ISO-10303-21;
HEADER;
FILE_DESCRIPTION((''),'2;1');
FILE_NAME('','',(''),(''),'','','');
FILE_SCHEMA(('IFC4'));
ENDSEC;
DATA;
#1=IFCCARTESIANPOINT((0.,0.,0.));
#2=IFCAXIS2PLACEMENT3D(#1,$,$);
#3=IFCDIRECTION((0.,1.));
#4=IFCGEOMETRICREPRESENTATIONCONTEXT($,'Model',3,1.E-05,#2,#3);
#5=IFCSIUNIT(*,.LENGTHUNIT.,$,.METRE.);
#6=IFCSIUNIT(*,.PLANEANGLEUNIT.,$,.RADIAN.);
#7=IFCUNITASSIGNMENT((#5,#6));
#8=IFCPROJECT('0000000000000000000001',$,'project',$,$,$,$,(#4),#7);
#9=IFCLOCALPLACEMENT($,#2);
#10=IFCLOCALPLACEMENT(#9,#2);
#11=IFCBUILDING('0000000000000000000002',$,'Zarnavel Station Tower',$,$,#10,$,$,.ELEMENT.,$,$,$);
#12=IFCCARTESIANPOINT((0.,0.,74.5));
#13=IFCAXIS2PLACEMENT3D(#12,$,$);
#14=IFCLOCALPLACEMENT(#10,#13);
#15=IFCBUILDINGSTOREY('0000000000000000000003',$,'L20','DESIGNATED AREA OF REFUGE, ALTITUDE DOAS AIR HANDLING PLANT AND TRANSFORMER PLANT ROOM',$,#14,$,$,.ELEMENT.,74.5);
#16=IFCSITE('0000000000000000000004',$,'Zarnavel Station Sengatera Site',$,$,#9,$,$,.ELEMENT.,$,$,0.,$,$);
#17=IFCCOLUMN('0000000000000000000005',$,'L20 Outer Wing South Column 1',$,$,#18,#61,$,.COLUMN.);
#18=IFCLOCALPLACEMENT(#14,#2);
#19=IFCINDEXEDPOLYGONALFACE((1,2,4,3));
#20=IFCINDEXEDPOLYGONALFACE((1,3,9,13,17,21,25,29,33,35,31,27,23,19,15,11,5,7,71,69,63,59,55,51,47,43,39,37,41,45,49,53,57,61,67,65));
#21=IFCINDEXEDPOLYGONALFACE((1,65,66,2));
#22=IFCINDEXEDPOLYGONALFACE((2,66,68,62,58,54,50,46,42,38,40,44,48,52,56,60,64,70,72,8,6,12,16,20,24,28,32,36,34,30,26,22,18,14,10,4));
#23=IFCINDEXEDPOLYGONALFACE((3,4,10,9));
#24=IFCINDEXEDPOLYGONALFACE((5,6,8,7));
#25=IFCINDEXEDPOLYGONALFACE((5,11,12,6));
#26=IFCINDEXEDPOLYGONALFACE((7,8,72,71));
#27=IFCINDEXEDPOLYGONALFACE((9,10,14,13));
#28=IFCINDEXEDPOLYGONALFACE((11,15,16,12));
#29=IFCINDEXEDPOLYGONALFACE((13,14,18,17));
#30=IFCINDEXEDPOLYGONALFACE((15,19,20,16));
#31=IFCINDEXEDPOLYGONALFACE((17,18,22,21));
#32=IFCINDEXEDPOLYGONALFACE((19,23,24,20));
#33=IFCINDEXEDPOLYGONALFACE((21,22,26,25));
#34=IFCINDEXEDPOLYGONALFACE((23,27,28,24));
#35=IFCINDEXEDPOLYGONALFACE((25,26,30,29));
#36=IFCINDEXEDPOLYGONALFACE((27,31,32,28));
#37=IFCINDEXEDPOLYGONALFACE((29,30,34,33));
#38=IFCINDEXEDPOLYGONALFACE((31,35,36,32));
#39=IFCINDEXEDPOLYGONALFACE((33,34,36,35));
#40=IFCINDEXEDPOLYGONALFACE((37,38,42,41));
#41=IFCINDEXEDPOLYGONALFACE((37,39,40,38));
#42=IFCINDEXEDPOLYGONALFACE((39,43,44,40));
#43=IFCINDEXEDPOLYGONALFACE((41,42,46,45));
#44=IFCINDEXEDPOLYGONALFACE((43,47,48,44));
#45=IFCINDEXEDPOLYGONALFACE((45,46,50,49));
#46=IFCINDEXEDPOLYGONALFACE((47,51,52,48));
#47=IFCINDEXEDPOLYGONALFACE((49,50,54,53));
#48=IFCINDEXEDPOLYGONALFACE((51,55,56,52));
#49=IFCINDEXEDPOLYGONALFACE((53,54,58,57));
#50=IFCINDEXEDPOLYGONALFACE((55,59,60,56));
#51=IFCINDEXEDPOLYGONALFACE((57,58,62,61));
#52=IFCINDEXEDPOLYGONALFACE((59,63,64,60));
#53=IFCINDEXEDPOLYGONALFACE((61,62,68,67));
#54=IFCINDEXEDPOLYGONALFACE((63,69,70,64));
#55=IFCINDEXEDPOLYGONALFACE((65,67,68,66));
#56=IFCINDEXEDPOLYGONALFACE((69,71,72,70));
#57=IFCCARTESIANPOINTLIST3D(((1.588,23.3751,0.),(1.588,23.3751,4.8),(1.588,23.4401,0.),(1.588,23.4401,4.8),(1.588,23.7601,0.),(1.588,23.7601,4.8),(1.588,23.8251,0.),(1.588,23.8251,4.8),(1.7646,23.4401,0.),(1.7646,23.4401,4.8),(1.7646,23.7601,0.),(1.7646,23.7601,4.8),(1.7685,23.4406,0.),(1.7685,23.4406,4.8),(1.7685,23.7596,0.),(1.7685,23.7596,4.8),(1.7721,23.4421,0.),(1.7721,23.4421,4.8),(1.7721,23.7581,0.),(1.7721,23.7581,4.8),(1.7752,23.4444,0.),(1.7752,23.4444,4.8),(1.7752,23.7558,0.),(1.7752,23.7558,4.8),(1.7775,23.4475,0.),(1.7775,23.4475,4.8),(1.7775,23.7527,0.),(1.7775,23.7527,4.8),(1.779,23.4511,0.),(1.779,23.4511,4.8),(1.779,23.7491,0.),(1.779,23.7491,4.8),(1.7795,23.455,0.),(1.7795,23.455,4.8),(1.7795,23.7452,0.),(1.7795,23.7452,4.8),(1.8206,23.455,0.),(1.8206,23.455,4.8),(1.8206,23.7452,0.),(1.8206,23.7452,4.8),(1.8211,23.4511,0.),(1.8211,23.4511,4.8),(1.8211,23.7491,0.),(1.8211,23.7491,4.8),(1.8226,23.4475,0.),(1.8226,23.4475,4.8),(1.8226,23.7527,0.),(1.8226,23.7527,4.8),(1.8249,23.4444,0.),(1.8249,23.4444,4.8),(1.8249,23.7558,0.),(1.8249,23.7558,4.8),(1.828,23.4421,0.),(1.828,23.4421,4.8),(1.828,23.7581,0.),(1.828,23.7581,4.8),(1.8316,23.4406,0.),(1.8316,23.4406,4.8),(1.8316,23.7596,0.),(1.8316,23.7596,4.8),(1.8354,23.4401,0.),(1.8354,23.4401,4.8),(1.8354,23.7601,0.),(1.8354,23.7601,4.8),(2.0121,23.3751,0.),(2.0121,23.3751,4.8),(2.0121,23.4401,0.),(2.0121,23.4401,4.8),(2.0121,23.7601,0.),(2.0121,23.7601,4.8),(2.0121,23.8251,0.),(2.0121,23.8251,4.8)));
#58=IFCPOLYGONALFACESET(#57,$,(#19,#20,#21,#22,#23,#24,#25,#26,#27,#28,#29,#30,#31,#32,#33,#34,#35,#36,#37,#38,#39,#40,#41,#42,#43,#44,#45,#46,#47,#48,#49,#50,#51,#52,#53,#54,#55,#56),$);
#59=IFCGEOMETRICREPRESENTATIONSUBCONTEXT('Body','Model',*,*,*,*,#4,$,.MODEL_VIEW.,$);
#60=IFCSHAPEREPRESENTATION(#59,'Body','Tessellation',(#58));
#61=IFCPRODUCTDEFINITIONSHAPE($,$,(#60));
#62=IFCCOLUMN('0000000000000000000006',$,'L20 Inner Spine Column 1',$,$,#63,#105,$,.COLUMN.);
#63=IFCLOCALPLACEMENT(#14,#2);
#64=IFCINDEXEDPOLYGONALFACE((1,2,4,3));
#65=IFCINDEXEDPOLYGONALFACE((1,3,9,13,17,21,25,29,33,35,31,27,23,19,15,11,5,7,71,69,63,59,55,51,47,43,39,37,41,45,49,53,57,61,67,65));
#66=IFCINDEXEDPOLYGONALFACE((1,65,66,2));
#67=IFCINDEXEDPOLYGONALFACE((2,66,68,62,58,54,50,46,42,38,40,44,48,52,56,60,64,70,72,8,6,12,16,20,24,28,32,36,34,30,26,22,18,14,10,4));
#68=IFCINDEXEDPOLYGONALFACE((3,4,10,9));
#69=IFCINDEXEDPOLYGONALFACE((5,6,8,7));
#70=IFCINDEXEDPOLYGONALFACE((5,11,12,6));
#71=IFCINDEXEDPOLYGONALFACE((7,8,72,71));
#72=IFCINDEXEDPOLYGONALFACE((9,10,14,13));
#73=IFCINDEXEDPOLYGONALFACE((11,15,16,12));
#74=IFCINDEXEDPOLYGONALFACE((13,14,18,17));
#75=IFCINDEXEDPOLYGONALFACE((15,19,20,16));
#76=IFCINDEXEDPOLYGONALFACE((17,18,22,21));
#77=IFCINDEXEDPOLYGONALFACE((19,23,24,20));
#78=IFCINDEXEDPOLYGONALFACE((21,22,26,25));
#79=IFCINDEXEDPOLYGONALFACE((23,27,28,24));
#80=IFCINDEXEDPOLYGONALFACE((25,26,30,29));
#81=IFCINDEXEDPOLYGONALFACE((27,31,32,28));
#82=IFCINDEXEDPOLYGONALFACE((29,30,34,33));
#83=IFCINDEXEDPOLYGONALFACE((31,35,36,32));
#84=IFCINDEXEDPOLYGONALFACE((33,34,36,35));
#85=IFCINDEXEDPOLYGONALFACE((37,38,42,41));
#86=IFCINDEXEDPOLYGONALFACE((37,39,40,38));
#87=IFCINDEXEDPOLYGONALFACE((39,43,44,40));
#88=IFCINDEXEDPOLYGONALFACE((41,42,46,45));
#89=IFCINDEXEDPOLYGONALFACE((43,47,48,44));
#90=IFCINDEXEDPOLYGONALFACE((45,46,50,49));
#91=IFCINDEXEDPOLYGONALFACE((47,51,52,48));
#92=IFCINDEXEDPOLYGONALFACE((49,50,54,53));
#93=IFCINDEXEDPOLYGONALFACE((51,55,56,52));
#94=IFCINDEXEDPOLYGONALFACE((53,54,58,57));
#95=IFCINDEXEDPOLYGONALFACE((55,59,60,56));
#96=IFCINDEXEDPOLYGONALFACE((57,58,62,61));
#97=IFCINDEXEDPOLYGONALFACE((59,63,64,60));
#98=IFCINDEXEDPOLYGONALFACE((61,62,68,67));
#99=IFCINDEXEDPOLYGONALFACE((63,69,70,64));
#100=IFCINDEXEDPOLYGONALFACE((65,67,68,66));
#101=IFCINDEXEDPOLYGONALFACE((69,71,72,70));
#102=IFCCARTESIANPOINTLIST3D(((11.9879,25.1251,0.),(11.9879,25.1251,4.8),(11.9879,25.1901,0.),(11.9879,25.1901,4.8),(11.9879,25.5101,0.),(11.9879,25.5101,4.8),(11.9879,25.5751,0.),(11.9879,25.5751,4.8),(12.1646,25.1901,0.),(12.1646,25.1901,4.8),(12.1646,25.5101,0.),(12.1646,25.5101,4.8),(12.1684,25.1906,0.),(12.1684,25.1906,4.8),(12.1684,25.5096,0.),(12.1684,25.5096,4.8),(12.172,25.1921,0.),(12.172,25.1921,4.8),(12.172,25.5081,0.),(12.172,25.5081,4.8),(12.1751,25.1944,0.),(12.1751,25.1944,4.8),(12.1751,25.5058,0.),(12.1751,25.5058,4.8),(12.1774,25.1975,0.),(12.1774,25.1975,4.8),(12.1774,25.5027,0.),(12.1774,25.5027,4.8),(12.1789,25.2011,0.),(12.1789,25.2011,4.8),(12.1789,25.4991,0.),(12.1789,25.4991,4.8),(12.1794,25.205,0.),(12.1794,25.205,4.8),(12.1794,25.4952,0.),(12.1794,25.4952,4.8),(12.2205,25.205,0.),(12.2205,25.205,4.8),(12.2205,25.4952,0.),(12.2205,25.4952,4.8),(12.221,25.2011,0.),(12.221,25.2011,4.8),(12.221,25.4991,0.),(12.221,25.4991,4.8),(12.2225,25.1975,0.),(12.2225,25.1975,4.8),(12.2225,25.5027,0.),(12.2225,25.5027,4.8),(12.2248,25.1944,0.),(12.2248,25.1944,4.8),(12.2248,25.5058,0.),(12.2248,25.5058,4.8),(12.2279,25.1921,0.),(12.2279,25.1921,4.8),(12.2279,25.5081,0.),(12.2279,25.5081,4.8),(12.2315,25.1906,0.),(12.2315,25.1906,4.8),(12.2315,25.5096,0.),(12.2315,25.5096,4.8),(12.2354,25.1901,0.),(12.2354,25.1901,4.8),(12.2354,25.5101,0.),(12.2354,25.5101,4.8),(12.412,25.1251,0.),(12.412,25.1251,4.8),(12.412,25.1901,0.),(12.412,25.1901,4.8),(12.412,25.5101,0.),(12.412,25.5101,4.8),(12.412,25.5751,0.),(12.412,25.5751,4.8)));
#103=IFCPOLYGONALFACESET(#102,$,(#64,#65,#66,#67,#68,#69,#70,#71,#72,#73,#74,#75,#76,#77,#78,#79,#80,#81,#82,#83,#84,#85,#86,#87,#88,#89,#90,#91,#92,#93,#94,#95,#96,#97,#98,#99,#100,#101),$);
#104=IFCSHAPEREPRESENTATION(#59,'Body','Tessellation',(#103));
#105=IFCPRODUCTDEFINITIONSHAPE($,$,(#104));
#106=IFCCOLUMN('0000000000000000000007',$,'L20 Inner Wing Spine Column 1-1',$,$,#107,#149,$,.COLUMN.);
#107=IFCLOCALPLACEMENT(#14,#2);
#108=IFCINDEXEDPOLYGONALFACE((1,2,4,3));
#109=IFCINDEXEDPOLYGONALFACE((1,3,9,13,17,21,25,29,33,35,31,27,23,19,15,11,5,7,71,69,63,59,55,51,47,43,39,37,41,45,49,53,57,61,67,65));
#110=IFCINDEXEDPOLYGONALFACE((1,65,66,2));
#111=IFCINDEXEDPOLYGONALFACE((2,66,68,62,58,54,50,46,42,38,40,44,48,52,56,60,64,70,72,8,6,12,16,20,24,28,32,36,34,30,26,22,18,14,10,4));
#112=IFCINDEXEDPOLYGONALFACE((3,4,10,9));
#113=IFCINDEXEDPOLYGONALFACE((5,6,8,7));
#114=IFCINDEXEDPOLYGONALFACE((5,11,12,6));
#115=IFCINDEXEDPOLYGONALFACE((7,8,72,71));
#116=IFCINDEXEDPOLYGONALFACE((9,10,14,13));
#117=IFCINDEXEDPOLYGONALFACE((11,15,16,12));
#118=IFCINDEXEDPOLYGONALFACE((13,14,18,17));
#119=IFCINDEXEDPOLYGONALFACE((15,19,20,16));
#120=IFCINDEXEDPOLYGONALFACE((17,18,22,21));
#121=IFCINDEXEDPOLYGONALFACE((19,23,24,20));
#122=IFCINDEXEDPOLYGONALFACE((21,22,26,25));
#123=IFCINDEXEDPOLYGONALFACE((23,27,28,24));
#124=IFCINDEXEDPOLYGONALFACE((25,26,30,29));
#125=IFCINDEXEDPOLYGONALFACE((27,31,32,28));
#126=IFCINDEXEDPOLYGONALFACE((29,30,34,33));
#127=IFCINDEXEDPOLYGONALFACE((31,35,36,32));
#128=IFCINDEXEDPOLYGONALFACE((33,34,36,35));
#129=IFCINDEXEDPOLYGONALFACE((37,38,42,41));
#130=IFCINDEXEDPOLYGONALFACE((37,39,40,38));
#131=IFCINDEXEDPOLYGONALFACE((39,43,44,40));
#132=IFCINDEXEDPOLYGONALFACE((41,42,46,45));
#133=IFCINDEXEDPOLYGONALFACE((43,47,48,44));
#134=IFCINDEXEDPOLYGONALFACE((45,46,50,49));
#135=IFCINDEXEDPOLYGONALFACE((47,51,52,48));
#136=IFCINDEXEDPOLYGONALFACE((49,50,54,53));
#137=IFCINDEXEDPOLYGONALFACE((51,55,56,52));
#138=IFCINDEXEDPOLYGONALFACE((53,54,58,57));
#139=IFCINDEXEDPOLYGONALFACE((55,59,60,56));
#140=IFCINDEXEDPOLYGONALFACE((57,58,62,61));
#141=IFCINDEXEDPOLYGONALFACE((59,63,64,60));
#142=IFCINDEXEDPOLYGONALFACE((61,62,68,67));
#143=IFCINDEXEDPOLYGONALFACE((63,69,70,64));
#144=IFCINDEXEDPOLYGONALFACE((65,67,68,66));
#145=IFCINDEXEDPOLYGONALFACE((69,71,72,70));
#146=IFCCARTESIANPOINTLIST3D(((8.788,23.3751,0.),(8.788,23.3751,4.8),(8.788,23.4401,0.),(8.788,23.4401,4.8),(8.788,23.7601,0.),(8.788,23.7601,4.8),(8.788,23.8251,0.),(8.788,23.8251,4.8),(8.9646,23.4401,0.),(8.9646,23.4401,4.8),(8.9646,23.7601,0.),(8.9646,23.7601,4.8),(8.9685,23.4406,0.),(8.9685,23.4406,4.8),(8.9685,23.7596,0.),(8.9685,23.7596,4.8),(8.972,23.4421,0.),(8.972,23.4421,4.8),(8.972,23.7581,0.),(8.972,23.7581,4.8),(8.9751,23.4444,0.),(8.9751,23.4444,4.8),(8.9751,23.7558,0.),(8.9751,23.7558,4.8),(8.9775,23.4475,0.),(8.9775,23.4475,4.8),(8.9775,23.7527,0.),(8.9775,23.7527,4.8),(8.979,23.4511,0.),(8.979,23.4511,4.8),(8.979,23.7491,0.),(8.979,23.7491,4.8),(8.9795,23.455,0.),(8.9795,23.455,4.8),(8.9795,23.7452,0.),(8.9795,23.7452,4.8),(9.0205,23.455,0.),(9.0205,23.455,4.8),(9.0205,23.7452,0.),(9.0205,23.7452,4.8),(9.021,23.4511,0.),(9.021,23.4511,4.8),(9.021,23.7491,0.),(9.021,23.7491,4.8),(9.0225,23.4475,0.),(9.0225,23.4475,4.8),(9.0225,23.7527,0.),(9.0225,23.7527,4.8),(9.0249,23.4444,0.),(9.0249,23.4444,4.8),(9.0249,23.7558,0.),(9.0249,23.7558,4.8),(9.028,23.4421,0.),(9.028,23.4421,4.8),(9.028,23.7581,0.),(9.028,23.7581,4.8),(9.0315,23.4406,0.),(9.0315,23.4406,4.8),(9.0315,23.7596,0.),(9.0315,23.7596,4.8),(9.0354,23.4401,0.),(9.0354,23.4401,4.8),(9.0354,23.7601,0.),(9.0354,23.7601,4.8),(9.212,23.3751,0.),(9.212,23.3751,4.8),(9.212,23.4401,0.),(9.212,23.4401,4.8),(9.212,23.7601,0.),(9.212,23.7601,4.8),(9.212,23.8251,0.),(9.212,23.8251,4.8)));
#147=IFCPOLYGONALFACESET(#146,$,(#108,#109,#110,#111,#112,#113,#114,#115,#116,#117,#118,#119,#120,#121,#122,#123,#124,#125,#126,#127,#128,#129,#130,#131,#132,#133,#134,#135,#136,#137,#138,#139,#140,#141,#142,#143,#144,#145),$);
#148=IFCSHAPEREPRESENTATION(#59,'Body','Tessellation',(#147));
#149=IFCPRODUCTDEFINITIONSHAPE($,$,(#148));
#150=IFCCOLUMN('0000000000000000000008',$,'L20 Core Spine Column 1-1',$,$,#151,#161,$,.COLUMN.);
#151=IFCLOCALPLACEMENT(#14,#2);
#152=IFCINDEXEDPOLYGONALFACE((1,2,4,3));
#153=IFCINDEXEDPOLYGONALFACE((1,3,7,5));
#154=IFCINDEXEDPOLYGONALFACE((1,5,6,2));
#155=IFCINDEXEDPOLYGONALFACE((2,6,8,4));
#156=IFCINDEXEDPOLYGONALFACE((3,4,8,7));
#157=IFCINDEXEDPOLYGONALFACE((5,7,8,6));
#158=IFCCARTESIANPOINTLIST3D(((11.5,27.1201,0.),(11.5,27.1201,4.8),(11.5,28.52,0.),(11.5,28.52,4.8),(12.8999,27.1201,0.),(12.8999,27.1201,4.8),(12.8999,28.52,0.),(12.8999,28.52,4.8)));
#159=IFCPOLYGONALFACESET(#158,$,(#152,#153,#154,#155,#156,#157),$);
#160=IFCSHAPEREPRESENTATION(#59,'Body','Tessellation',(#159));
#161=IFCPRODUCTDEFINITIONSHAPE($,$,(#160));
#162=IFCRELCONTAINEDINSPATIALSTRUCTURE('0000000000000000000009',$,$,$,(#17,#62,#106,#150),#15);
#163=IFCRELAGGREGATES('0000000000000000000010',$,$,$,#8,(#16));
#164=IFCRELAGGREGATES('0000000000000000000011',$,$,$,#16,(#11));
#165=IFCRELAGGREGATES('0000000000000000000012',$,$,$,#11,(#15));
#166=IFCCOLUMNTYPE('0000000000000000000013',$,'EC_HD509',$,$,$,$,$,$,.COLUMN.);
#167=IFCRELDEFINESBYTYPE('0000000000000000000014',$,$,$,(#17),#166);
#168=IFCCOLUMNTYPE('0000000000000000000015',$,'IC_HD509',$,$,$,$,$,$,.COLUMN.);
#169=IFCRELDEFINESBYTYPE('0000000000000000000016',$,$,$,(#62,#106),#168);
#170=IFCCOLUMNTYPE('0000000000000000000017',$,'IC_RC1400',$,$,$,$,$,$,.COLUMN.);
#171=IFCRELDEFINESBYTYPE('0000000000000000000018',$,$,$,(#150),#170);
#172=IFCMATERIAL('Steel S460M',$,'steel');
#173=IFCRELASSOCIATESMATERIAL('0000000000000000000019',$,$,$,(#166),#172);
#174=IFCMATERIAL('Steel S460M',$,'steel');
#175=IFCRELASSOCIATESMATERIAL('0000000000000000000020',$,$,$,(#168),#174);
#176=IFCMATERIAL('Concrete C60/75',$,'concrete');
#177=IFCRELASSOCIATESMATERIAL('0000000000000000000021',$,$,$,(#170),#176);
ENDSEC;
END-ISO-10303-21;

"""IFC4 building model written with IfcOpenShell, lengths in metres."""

from ifc_helpers import new_model, si_unit, direction, frame, origin, origin_2d, place, context, subcontext, project, spatial, rectangle, i_section, extrude, material, material_profile, profile_set, type_object, element, save


model = new_model("IFC4")

# Units and contexts
model_context = context("Model", 3, precision=1e-05, world=origin(), true_north=direction((0.0, 1.0)))
body_context = subcontext(model_context, "Body", "Model", "MODEL_VIEW")
ifc_project = project(units=[si_unit("LENGTHUNIT", "METRE"), si_unit("PLANEANGLEUNIT", "RADIAN")], contexts=[model_context])

# Site, building, storey
site_placement = place(None, origin())
site = spatial("IfcSite", under=ifc_project, at=site_placement, Name="Zarnavel Station Sengatera Site", CompositionType="ELEMENT", RefElevation=0.0)
building_placement = place(site_placement, origin())
building = spatial("IfcBuilding", under=site, at=building_placement, Name="Zarnavel Station Tower", CompositionType="ELEMENT")
storey_placement = place(building_placement, frame((0.0, 0.0, 74.5)))
storey = spatial("IfcBuildingStorey", under=building, at=storey_placement, Name="L20", Description="DESIGNATED AREA OF REFUGE, ALTITUDE DOAS AIR HANDLING PLANT AND TRANSFORMER PLANT ROOM", CompositionType="ELEMENT", Elevation=74.5)

# Columns
ifc_material_1 = material(Name="Steel S460M", Category="steel")
ifc_material_profile_1 = material_profile(ifc_material_1, i_section(OverallWidth=0.4241, OverallDepth=0.45, WebThickness=0.041, FlangeThickness=0.0649, FilletRadius=0.0149, at=origin_2d()), Name="HD400x509")
ifc_profile_set_1 = profile_set([ifc_material_profile_1], Name="Steel S460M")
column_type_1 = type_object("IfcColumnType", Name="EC_HD509", PredefinedType="COLUMN", material=ifc_profile_set_1)
column_1_placement = place(storey_placement, frame((1.8, 23.6001, 0.0), z_axis=(0.0, 0.0, 1.0), x_axis=(1.0, 0.0, 0.0)))
element("IfcColumn", 1, at=column_1_placement, inside=storey, type_object=column_type_1, Name="L20 Outer Wing South Column 1", PredefinedType="COLUMN", context=body_context, shape_type="SweptSolid", body=[
    extrude(i_section(OverallWidth=0.4241, OverallDepth=0.45, WebThickness=0.041, FlangeThickness=0.0649, FilletRadius=0.0149, at=origin_2d()), origin(), (0.0, 0.0, 1.0), 4.8),
])
ifc_material_2 = material(Name="Steel S460M", Category="steel")
ifc_material_profile_2 = material_profile(ifc_material_2, i_section(OverallWidth=0.4241, OverallDepth=0.45, WebThickness=0.041, FlangeThickness=0.0649, FilletRadius=0.0149, at=origin_2d()), Name="HD400x509")
ifc_profile_set_2 = profile_set([ifc_material_profile_2], Name="Steel S460M")
column_type_2 = type_object("IfcColumnType", Name="IC_HD509", PredefinedType="COLUMN", material=ifc_profile_set_2)
for number, where, z_axis, x_axis, name in (
    (2, (12.2, 25.3501, 0.0), (0.0, 0.0, 1.0), (1.0, 0.0, 0.0), "L20 Inner Spine Column 1"),
    (3, (9.0, 23.6001, 0.0), (0.0, 0.0, 1.0), (1.0, 0.0, 0.0), "L20 Inner Wing Spine Column 1-1"),
):
    element("IfcColumn", number, at=place(storey_placement, frame(where, z_axis=z_axis, x_axis=x_axis)), inside=storey, type_object=column_type_2, Name=name, PredefinedType="COLUMN", context=body_context, shape_type="SweptSolid", body=[
        extrude(i_section(OverallWidth=0.4241, OverallDepth=0.45, WebThickness=0.041, FlangeThickness=0.0649, FilletRadius=0.0149, at=origin_2d()), origin(), (0.0, 0.0, 1.0), 4.8),
    ])
ifc_material_3 = material(Name="Concrete C60/75", Category="concrete")
ifc_material_profile_3 = material_profile(ifc_material_3, rectangle(XDim=1.3999, YDim=1.3999, at=origin_2d()), Name="RC1400x1400")
ifc_profile_set_3 = profile_set([ifc_material_profile_3], Name="Concrete C60/75")
column_type_3 = type_object("IfcColumnType", Name="IC_RC1400", PredefinedType="COLUMN", material=ifc_profile_set_3)
column_2_placement = place(storey_placement, frame((12.2, 27.8201, 0.0), z_axis=(0.0, 0.0, 1.0), x_axis=(1.0, 0.0, 0.0)))
element("IfcColumn", 4, at=column_2_placement, inside=storey, type_object=column_type_3, Name="L20 Core Spine Column 1-1", PredefinedType="COLUMN", context=body_context, shape_type="SweptSolid", body=[
    extrude(rectangle(XDim=1.3999, YDim=1.3999, at=origin_2d()), origin(), (0.0, 0.0, 1.0), 4.8),
])

save(model, "model.ifc")
